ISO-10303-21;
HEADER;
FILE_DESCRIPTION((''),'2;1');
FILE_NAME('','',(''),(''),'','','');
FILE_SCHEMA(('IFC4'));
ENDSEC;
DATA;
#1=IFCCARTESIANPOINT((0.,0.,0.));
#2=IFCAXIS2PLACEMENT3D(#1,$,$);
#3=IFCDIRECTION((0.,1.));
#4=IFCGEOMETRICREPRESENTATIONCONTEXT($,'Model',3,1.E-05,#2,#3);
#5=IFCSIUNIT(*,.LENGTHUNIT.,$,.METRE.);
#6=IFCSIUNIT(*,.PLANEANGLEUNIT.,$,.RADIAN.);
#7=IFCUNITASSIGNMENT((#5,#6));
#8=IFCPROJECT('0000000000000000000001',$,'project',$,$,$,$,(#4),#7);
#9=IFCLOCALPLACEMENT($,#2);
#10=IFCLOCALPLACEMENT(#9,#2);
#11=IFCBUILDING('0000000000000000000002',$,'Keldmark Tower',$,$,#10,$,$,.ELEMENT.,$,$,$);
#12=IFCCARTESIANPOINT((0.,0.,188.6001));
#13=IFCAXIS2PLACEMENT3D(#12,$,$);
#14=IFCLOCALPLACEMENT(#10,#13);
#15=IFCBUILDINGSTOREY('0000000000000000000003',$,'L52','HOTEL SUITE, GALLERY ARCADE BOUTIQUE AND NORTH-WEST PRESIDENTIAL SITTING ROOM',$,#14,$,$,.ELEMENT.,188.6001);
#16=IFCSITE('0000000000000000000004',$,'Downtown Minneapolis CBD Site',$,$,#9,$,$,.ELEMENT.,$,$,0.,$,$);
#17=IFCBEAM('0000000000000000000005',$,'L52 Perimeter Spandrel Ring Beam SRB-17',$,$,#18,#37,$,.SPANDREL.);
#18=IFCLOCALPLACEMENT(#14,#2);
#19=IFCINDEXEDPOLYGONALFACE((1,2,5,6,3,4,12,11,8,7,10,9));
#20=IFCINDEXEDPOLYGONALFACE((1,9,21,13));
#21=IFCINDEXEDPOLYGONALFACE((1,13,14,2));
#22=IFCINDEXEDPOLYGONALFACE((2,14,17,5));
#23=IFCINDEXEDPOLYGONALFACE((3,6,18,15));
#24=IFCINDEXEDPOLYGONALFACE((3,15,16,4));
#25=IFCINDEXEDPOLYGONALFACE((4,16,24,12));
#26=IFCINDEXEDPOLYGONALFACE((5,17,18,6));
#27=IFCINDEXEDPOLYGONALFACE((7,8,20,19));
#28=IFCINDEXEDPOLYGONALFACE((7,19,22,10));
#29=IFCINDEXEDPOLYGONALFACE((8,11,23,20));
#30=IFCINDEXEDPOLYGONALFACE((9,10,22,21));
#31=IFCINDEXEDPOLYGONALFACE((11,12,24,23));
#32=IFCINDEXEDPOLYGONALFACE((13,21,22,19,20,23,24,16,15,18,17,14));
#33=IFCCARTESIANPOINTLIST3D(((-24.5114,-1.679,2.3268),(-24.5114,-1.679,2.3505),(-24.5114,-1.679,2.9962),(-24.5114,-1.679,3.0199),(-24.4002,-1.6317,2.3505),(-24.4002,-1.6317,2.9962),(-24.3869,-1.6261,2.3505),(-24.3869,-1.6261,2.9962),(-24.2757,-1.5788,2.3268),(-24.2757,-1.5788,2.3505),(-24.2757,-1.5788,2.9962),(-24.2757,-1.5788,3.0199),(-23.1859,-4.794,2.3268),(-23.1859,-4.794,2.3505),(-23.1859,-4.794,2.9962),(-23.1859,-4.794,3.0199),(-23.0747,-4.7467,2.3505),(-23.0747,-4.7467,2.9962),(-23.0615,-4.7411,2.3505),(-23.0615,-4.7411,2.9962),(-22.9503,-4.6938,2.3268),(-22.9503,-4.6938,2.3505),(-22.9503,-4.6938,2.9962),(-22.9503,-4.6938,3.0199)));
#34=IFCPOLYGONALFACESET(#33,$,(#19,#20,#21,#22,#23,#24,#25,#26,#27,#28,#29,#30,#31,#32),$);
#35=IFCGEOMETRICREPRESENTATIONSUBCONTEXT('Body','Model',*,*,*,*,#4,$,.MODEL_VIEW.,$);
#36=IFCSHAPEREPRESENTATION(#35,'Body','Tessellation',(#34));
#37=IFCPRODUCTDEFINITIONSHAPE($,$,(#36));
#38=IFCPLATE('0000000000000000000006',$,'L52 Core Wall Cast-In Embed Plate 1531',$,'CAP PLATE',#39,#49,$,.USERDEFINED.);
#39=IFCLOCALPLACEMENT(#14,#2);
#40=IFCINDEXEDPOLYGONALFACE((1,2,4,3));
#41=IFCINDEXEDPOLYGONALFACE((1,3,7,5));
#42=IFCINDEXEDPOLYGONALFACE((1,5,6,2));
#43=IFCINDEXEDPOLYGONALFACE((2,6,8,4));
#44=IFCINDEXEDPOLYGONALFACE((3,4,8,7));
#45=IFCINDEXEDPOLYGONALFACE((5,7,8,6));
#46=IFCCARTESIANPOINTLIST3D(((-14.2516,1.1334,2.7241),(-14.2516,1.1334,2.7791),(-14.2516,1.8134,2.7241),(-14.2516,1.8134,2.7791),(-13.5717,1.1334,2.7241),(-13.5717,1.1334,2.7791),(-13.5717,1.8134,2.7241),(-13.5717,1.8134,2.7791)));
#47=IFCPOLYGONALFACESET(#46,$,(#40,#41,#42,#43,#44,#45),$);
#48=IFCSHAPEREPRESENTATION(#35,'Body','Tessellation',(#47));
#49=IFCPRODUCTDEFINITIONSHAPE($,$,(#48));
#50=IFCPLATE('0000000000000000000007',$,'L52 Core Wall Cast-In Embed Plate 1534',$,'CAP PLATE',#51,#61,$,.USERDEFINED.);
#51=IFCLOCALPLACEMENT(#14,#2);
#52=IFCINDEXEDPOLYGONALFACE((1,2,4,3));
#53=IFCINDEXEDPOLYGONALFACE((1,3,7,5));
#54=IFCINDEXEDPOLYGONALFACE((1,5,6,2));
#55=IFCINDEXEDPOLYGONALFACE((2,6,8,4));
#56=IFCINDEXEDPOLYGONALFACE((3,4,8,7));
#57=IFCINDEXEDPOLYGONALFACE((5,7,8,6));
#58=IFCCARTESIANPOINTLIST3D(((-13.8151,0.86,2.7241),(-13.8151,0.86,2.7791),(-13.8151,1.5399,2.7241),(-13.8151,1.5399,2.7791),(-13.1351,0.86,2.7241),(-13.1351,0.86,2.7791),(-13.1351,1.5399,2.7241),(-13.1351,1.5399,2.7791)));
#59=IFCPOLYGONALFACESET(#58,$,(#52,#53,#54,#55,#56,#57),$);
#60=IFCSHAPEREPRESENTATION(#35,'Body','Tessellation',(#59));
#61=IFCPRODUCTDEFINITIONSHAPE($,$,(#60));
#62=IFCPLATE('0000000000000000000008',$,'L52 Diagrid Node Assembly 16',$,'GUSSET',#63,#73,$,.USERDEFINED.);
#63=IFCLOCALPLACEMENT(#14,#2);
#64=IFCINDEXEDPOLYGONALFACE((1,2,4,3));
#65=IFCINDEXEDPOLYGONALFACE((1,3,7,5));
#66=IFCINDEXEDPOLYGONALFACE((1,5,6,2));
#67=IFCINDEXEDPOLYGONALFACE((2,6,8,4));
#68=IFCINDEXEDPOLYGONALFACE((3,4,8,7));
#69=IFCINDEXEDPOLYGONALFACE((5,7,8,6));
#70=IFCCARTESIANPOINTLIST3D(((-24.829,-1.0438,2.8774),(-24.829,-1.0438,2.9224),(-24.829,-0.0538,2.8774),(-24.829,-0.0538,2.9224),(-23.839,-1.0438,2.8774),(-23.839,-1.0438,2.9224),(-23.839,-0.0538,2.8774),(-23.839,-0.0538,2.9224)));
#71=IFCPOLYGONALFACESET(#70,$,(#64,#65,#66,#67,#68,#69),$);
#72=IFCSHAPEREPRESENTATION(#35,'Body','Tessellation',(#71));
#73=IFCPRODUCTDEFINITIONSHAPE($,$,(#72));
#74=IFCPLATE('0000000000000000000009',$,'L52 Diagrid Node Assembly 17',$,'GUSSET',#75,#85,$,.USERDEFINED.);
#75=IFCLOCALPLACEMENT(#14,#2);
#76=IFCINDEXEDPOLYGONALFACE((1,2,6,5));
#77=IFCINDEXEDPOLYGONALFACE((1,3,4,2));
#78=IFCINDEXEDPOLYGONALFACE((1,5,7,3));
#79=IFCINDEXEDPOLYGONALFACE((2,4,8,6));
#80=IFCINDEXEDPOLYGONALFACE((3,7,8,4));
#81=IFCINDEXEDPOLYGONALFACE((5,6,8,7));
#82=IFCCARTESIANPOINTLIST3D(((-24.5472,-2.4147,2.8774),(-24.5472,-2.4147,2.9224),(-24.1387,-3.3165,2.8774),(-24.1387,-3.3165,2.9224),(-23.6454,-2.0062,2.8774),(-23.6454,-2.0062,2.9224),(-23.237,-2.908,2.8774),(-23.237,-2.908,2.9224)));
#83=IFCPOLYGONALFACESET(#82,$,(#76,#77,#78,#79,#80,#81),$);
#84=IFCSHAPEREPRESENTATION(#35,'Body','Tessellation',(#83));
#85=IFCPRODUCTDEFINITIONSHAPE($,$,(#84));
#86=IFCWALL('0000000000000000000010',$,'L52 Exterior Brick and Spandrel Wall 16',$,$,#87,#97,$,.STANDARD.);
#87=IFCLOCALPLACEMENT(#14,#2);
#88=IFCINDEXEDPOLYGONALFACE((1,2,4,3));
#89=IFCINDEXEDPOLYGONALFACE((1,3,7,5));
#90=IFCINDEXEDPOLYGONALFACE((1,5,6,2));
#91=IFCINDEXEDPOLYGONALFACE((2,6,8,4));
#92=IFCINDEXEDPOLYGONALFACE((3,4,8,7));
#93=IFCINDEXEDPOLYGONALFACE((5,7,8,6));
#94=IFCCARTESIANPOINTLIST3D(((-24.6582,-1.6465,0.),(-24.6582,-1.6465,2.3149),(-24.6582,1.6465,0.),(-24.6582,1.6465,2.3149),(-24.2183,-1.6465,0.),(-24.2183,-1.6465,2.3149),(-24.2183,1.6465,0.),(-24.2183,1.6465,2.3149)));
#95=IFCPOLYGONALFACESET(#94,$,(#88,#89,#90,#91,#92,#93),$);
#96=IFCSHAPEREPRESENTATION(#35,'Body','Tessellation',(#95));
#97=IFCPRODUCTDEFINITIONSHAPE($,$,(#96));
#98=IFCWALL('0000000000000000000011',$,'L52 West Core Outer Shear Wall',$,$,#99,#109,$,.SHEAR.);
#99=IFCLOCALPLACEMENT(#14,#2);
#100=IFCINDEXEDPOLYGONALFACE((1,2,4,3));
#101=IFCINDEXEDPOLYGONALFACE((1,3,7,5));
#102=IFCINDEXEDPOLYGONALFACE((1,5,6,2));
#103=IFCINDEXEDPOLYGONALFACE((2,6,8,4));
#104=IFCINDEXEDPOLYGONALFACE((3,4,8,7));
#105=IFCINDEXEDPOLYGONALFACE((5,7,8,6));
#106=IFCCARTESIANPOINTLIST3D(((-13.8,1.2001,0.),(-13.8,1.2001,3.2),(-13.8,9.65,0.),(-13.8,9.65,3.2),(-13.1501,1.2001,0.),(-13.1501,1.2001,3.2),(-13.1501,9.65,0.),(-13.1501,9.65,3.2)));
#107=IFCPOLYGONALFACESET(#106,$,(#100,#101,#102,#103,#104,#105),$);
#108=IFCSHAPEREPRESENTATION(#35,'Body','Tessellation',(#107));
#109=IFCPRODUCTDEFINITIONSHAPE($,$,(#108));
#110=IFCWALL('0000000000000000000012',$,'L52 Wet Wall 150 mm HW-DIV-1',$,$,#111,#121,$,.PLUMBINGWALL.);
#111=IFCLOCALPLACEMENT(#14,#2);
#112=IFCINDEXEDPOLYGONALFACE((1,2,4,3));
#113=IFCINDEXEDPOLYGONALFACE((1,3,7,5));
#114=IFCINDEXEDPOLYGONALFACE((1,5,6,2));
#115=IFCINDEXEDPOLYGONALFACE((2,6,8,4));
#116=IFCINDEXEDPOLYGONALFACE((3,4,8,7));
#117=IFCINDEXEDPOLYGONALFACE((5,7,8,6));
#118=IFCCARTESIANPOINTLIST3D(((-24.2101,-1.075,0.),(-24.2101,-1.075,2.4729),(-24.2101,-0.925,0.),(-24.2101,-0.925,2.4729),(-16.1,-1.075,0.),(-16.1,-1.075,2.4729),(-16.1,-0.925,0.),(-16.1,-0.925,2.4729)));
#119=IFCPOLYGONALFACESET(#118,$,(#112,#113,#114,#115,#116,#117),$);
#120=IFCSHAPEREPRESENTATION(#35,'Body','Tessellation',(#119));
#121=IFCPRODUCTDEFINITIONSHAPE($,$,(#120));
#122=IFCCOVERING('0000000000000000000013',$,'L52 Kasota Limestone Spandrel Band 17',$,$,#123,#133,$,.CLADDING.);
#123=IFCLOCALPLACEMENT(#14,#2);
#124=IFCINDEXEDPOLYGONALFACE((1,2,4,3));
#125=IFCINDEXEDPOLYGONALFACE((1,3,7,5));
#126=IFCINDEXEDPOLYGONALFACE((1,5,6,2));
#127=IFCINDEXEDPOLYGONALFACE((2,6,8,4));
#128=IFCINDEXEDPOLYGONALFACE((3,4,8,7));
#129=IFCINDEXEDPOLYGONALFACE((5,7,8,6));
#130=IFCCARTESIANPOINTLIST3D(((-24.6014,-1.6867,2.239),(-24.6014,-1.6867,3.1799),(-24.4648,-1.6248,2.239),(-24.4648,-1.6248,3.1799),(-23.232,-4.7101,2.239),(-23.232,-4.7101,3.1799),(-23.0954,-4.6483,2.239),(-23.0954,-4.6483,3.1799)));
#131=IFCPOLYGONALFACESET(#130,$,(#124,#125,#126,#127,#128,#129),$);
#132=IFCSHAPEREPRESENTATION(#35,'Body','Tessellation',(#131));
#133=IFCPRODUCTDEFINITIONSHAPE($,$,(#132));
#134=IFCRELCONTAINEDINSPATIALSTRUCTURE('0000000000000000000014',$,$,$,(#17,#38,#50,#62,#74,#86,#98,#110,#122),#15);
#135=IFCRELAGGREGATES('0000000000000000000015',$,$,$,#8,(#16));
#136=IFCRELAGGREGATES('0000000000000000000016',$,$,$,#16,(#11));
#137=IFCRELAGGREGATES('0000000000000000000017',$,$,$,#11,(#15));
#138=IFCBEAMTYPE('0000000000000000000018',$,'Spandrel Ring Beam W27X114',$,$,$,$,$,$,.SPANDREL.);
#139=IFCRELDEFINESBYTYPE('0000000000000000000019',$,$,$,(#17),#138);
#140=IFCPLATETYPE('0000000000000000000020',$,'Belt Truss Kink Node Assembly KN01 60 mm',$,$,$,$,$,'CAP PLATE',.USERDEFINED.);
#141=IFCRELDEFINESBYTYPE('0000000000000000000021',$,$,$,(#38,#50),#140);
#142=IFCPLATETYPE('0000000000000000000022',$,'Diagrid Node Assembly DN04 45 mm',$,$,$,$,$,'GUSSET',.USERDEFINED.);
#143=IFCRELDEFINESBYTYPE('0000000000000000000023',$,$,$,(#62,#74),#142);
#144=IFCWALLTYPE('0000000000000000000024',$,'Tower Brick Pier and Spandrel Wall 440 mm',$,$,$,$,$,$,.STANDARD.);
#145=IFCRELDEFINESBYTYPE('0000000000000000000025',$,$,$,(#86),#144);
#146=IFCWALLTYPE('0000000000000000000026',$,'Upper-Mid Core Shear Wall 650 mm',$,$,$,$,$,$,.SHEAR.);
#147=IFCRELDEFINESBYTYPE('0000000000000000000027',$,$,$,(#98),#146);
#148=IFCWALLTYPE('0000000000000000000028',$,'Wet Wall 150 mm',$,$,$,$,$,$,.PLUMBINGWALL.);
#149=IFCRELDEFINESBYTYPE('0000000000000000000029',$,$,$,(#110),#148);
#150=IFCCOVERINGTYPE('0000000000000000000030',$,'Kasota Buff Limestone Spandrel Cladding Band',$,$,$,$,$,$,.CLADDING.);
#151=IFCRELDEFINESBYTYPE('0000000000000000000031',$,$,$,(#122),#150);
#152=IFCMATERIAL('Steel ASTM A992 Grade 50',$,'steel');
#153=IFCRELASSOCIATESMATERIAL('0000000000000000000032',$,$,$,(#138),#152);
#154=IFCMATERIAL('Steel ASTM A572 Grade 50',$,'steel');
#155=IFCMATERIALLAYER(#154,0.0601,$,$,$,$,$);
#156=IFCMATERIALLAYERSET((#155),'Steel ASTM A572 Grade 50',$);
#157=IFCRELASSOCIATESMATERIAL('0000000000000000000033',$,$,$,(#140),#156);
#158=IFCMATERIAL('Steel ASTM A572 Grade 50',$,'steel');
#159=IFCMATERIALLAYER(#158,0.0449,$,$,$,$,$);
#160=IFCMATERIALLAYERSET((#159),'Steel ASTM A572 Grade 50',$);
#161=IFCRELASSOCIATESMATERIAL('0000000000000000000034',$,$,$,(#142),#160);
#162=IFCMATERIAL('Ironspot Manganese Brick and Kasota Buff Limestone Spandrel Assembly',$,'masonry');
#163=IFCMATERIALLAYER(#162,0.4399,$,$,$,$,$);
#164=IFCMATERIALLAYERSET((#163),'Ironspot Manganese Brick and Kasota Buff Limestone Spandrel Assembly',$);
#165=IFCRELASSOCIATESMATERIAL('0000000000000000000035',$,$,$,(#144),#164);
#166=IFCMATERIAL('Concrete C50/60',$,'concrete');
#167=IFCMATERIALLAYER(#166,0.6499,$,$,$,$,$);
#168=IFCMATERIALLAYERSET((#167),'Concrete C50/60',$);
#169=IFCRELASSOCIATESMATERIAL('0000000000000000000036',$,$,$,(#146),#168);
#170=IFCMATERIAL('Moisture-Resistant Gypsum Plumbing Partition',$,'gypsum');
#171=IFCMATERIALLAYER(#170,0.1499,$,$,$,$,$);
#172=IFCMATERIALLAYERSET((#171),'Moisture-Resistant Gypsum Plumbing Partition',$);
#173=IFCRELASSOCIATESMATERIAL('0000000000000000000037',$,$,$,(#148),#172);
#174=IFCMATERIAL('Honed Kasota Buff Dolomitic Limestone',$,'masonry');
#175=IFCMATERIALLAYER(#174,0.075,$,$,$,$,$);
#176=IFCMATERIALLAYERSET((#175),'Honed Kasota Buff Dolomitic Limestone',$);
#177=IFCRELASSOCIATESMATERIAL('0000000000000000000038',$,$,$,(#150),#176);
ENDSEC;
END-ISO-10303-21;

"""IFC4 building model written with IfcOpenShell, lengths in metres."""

from ifc_helpers import new_model, si_unit, direction, frame, frame_2d, origin, origin_2d, place, context, subcontext, project, spatial, rectangle, i_section, extrude, material, layer, layer_set, material_profile, profile_set, type_object, element, save


model = new_model("IFC4")

# Units and contexts
model_context = context("Model", 3, precision=1e-05, world=origin(), true_north=direction((0.0, 1.0)))
body_context = subcontext(model_context, "Body", "Model", "MODEL_VIEW")
ifc_project = project(units=[si_unit("LENGTHUNIT", "METRE"), si_unit("PLANEANGLEUNIT", "RADIAN")], contexts=[model_context])

# Site, building, storey
site_placement = place(None, origin())
site = spatial("IfcSite", under=ifc_project, at=site_placement, Name="Downtown Minneapolis CBD Site", CompositionType="ELEMENT", RefElevation=0.0)
building_placement = place(site_placement, origin())
building = spatial("IfcBuilding", under=site, at=building_placement, Name="Keldmark Tower", CompositionType="ELEMENT")
storey_placement = place(building_placement, frame((0.0, 0.0, 188.6001)))
storey = spatial("IfcBuildingStorey", under=building, at=storey_placement, Name="L52", Description="HOTEL SUITE, GALLERY ARCADE BOUTIQUE AND NORTH-WEST PRESIDENTIAL SITTING ROOM", CompositionType="ELEMENT", Elevation=188.6001)

# Beam
ifc_material_1 = material(Name="Steel ASTM A992 Grade 50", Category="steel")
ifc_material_profile_1 = material_profile(ifc_material_1, i_section(OverallWidth=0.2561, OverallDepth=0.6931, WebThickness=0.0144, FlangeThickness=0.0237, at=origin_2d()), Name="W27X114")
ifc_profile_set_1 = profile_set([ifc_material_profile_1], Name="Steel ASTM A992 Grade 50")
beam_type_1 = type_object("IfcBeamType", Name="Spandrel Ring Beam W27X114", PredefinedType="SPANDREL", material=ifc_profile_set_1)
beam_1_placement = place(storey_placement, frame((-24.3936, -1.6289, 2.6733), z_axis=(0.391533, -0.920164, 0.0), x_axis=(0.920164, 0.391533, 0.0)))
element("IfcBeam", 1, at=beam_1_placement, inside=storey, type_object=beam_type_1, Name="L52 Perimeter Spandrel Ring Beam SRB-17", PredefinedType="SPANDREL", context=body_context, shape_type="SweptSolid", body=[
    extrude(i_section(OverallWidth=0.2561, OverallDepth=0.6931, WebThickness=0.0144, FlangeThickness=0.0237, at=origin_2d()), origin(), (0.0, 0.0, 1.0), 3.3853),
])

# Plates
ifc_material_2 = material(Name="Steel ASTM A572 Grade 50", Category="steel")
ifc_layer_1 = layer(ifc_material_2, 0.0601)
ifc_layer_set_1 = layer_set([ifc_layer_1], Name="Steel ASTM A572 Grade 50")
plate_type_1 = type_object("IfcPlateType", Name="Belt Truss Kink Node Assembly KN01 60 mm", ElementType="CAP PLATE", PredefinedType="USERDEFINED", material=ifc_layer_set_1)
for number, where, z_axis, x_axis, name in (
    (2, (-13.9116, 1.4734, 2.7241), (0.0, 0.0, 1.0), (1.0, 0.0, 0.0), "L52 Core Wall Cast-In Embed Plate 1531"),
    (3, (-13.4751, 1.2, 2.7241), (0.0, 0.0, 1.0), (1.0, 0.0, 0.0), "L52 Core Wall Cast-In Embed Plate 1534"),
):
    element("IfcPlate", number, at=place(storey_placement, frame(where, z_axis=z_axis, x_axis=x_axis)), inside=storey, type_object=plate_type_1, Name=name, ObjectType="CAP PLATE", PredefinedType="USERDEFINED", context=body_context, shape_type="SweptSolid", body=[
        extrude(rectangle(XDim=0.6799, YDim=0.6799, at=origin_2d()), origin(), (0.0, 0.0, 1.0), 0.0549),
    ])
ifc_material_3 = material(Name="Steel ASTM A572 Grade 50", Category="steel")
ifc_layer_2 = layer(ifc_material_3, 0.0449)
ifc_layer_set_2 = layer_set([ifc_layer_2], Name="Steel ASTM A572 Grade 50")
plate_type_2 = type_object("IfcPlateType", Name="Diagrid Node Assembly DN04 45 mm", ElementType="GUSSET", PredefinedType="USERDEFINED", material=ifc_layer_set_2)
for number, where, z_axis, x_axis, name in (
    (4, (-24.334, -0.5488, 2.8774), (0.0, 0.0, 1.0), (0.0, -1.0, 0.0), "L52 Diagrid Node Assembly 16"),
    (5, (-23.8921, -2.6614, 2.8774), (0.0, 0.0, 1.0), (0.412628, -0.9109, 0.0), "L52 Diagrid Node Assembly 17"),
):
    element("IfcPlate", number, at=place(storey_placement, frame(where, z_axis=z_axis, x_axis=x_axis)), inside=storey, type_object=plate_type_2, Name=name, ObjectType="GUSSET", PredefinedType="USERDEFINED", context=body_context, shape_type="SweptSolid", body=[
        extrude(rectangle(XDim=0.99, YDim=0.99, at=origin_2d()), origin(), (0.0, 0.0, 1.0), 0.0449),
    ])

# Walls
ifc_material_4 = material(Name="Ironspot Manganese Brick and Kasota Buff Limestone Spandrel Assembly", Category="masonry")
ifc_layer_3 = layer(ifc_material_4, 0.4399)
ifc_layer_set_3 = layer_set([ifc_layer_3], Name="Ironspot Manganese Brick and Kasota Buff Limestone Spandrel Assembly")
wall_type_1 = type_object("IfcWallType", Name="Tower Brick Pier and Spandrel Wall 440 mm", PredefinedType="STANDARD", material=ifc_layer_set_3)
wall_1_placement = place(storey_placement, frame((-24.4382, -1.6465, 0.0), z_axis=(0.0, 0.0, 1.0), x_axis=(0.0, 1.0, 0.0)))
element("IfcWall", 6, at=wall_1_placement, inside=storey, type_object=wall_type_1, Name="L52 Exterior Brick and Spandrel Wall 16", PredefinedType="STANDARD", context=body_context, shape_type="SweptSolid", body=[
    extrude(rectangle(XDim=3.293, YDim=0.4399, at=frame_2d((1.6465, 0.0))), origin(), (0.0, 0.0, 1.0), 2.3149),
])
ifc_material_5 = material(Name="Concrete C50/60", Category="concrete")
ifc_layer_4 = layer(ifc_material_5, 0.6499)
ifc_layer_set_4 = layer_set([ifc_layer_4], Name="Concrete C50/60")
wall_type_2 = type_object("IfcWallType", Name="Upper-Mid Core Shear Wall 650 mm", PredefinedType="SHEAR", material=ifc_layer_set_4)
wall_2_placement = place(storey_placement, frame((-13.4751, 1.2, 0.0), z_axis=(0.0, 0.0, 1.0), x_axis=(0.0, 1.0, 0.0)))
element("IfcWall", 7, at=wall_2_placement, inside=storey, type_object=wall_type_2, Name="L52 West Core Outer Shear Wall", PredefinedType="SHEAR", context=body_context, shape_type="SweptSolid", body=[
    extrude(rectangle(XDim=8.45, YDim=0.6499, at=frame_2d((4.2251, 0.0))), origin(), (0.0, 0.0, 1.0), 3.2),
])
ifc_material_6 = material(Name="Moisture-Resistant Gypsum Plumbing Partition", Category="gypsum")
ifc_layer_5 = layer(ifc_material_6, 0.1499)
ifc_layer_set_5 = layer_set([ifc_layer_5], Name="Moisture-Resistant Gypsum Plumbing Partition")
wall_type_3 = type_object("IfcWallType", Name="Wet Wall 150 mm", PredefinedType="PLUMBINGWALL", material=ifc_layer_set_5)
wall_3_placement = place(storey_placement, frame((-24.2102, -1.0, 0.0), z_axis=(0.0, 0.0, 1.0), x_axis=(1.0, 0.0, 0.0)))
element("IfcWall", 8, at=wall_3_placement, inside=storey, type_object=wall_type_3, Name="L52 Wet Wall 150 mm HW-DIV-1", PredefinedType="PLUMBINGWALL", context=body_context, shape_type="SweptSolid", body=[
    extrude(rectangle(XDim=8.1101, YDim=0.1499, at=frame_2d((4.0552, 0.0))), origin(), (0.0, 0.0, 1.0), 2.4729),
])

# Covering
ifc_material_7 = material(Name="Honed Kasota Buff Dolomitic Limestone", Category="masonry")
ifc_layer_6 = layer(ifc_material_7, 0.075)
ifc_layer_set_6 = layer_set([ifc_layer_6], Name="Honed Kasota Buff Dolomitic Limestone")
covering_type = type_object("IfcCoveringType", Name="Kasota Buff Limestone Spandrel Cladding Band", PredefinedType="CLADDING", material=ifc_layer_set_6)
covering_placement = place(storey_placement, frame((-23.8484, -3.1675, 2.239), z_axis=(0.0, 0.0, 1.0), x_axis=(0.41258, -0.910921, 0.0)))
element("IfcCovering", 9, at=covering_placement, inside=storey, type_object=covering_type, Name="L52 Kasota Limestone Spandrel Band 17", PredefinedType="CLADDING", context=body_context, shape_type="SweptSolid", body=[
    extrude(rectangle(XDim=3.3191, YDim=0.1499, at=origin_2d()), origin(), (0.0, 0.0, 1.0), 0.9409),
])

save(model, "model.ifc")
